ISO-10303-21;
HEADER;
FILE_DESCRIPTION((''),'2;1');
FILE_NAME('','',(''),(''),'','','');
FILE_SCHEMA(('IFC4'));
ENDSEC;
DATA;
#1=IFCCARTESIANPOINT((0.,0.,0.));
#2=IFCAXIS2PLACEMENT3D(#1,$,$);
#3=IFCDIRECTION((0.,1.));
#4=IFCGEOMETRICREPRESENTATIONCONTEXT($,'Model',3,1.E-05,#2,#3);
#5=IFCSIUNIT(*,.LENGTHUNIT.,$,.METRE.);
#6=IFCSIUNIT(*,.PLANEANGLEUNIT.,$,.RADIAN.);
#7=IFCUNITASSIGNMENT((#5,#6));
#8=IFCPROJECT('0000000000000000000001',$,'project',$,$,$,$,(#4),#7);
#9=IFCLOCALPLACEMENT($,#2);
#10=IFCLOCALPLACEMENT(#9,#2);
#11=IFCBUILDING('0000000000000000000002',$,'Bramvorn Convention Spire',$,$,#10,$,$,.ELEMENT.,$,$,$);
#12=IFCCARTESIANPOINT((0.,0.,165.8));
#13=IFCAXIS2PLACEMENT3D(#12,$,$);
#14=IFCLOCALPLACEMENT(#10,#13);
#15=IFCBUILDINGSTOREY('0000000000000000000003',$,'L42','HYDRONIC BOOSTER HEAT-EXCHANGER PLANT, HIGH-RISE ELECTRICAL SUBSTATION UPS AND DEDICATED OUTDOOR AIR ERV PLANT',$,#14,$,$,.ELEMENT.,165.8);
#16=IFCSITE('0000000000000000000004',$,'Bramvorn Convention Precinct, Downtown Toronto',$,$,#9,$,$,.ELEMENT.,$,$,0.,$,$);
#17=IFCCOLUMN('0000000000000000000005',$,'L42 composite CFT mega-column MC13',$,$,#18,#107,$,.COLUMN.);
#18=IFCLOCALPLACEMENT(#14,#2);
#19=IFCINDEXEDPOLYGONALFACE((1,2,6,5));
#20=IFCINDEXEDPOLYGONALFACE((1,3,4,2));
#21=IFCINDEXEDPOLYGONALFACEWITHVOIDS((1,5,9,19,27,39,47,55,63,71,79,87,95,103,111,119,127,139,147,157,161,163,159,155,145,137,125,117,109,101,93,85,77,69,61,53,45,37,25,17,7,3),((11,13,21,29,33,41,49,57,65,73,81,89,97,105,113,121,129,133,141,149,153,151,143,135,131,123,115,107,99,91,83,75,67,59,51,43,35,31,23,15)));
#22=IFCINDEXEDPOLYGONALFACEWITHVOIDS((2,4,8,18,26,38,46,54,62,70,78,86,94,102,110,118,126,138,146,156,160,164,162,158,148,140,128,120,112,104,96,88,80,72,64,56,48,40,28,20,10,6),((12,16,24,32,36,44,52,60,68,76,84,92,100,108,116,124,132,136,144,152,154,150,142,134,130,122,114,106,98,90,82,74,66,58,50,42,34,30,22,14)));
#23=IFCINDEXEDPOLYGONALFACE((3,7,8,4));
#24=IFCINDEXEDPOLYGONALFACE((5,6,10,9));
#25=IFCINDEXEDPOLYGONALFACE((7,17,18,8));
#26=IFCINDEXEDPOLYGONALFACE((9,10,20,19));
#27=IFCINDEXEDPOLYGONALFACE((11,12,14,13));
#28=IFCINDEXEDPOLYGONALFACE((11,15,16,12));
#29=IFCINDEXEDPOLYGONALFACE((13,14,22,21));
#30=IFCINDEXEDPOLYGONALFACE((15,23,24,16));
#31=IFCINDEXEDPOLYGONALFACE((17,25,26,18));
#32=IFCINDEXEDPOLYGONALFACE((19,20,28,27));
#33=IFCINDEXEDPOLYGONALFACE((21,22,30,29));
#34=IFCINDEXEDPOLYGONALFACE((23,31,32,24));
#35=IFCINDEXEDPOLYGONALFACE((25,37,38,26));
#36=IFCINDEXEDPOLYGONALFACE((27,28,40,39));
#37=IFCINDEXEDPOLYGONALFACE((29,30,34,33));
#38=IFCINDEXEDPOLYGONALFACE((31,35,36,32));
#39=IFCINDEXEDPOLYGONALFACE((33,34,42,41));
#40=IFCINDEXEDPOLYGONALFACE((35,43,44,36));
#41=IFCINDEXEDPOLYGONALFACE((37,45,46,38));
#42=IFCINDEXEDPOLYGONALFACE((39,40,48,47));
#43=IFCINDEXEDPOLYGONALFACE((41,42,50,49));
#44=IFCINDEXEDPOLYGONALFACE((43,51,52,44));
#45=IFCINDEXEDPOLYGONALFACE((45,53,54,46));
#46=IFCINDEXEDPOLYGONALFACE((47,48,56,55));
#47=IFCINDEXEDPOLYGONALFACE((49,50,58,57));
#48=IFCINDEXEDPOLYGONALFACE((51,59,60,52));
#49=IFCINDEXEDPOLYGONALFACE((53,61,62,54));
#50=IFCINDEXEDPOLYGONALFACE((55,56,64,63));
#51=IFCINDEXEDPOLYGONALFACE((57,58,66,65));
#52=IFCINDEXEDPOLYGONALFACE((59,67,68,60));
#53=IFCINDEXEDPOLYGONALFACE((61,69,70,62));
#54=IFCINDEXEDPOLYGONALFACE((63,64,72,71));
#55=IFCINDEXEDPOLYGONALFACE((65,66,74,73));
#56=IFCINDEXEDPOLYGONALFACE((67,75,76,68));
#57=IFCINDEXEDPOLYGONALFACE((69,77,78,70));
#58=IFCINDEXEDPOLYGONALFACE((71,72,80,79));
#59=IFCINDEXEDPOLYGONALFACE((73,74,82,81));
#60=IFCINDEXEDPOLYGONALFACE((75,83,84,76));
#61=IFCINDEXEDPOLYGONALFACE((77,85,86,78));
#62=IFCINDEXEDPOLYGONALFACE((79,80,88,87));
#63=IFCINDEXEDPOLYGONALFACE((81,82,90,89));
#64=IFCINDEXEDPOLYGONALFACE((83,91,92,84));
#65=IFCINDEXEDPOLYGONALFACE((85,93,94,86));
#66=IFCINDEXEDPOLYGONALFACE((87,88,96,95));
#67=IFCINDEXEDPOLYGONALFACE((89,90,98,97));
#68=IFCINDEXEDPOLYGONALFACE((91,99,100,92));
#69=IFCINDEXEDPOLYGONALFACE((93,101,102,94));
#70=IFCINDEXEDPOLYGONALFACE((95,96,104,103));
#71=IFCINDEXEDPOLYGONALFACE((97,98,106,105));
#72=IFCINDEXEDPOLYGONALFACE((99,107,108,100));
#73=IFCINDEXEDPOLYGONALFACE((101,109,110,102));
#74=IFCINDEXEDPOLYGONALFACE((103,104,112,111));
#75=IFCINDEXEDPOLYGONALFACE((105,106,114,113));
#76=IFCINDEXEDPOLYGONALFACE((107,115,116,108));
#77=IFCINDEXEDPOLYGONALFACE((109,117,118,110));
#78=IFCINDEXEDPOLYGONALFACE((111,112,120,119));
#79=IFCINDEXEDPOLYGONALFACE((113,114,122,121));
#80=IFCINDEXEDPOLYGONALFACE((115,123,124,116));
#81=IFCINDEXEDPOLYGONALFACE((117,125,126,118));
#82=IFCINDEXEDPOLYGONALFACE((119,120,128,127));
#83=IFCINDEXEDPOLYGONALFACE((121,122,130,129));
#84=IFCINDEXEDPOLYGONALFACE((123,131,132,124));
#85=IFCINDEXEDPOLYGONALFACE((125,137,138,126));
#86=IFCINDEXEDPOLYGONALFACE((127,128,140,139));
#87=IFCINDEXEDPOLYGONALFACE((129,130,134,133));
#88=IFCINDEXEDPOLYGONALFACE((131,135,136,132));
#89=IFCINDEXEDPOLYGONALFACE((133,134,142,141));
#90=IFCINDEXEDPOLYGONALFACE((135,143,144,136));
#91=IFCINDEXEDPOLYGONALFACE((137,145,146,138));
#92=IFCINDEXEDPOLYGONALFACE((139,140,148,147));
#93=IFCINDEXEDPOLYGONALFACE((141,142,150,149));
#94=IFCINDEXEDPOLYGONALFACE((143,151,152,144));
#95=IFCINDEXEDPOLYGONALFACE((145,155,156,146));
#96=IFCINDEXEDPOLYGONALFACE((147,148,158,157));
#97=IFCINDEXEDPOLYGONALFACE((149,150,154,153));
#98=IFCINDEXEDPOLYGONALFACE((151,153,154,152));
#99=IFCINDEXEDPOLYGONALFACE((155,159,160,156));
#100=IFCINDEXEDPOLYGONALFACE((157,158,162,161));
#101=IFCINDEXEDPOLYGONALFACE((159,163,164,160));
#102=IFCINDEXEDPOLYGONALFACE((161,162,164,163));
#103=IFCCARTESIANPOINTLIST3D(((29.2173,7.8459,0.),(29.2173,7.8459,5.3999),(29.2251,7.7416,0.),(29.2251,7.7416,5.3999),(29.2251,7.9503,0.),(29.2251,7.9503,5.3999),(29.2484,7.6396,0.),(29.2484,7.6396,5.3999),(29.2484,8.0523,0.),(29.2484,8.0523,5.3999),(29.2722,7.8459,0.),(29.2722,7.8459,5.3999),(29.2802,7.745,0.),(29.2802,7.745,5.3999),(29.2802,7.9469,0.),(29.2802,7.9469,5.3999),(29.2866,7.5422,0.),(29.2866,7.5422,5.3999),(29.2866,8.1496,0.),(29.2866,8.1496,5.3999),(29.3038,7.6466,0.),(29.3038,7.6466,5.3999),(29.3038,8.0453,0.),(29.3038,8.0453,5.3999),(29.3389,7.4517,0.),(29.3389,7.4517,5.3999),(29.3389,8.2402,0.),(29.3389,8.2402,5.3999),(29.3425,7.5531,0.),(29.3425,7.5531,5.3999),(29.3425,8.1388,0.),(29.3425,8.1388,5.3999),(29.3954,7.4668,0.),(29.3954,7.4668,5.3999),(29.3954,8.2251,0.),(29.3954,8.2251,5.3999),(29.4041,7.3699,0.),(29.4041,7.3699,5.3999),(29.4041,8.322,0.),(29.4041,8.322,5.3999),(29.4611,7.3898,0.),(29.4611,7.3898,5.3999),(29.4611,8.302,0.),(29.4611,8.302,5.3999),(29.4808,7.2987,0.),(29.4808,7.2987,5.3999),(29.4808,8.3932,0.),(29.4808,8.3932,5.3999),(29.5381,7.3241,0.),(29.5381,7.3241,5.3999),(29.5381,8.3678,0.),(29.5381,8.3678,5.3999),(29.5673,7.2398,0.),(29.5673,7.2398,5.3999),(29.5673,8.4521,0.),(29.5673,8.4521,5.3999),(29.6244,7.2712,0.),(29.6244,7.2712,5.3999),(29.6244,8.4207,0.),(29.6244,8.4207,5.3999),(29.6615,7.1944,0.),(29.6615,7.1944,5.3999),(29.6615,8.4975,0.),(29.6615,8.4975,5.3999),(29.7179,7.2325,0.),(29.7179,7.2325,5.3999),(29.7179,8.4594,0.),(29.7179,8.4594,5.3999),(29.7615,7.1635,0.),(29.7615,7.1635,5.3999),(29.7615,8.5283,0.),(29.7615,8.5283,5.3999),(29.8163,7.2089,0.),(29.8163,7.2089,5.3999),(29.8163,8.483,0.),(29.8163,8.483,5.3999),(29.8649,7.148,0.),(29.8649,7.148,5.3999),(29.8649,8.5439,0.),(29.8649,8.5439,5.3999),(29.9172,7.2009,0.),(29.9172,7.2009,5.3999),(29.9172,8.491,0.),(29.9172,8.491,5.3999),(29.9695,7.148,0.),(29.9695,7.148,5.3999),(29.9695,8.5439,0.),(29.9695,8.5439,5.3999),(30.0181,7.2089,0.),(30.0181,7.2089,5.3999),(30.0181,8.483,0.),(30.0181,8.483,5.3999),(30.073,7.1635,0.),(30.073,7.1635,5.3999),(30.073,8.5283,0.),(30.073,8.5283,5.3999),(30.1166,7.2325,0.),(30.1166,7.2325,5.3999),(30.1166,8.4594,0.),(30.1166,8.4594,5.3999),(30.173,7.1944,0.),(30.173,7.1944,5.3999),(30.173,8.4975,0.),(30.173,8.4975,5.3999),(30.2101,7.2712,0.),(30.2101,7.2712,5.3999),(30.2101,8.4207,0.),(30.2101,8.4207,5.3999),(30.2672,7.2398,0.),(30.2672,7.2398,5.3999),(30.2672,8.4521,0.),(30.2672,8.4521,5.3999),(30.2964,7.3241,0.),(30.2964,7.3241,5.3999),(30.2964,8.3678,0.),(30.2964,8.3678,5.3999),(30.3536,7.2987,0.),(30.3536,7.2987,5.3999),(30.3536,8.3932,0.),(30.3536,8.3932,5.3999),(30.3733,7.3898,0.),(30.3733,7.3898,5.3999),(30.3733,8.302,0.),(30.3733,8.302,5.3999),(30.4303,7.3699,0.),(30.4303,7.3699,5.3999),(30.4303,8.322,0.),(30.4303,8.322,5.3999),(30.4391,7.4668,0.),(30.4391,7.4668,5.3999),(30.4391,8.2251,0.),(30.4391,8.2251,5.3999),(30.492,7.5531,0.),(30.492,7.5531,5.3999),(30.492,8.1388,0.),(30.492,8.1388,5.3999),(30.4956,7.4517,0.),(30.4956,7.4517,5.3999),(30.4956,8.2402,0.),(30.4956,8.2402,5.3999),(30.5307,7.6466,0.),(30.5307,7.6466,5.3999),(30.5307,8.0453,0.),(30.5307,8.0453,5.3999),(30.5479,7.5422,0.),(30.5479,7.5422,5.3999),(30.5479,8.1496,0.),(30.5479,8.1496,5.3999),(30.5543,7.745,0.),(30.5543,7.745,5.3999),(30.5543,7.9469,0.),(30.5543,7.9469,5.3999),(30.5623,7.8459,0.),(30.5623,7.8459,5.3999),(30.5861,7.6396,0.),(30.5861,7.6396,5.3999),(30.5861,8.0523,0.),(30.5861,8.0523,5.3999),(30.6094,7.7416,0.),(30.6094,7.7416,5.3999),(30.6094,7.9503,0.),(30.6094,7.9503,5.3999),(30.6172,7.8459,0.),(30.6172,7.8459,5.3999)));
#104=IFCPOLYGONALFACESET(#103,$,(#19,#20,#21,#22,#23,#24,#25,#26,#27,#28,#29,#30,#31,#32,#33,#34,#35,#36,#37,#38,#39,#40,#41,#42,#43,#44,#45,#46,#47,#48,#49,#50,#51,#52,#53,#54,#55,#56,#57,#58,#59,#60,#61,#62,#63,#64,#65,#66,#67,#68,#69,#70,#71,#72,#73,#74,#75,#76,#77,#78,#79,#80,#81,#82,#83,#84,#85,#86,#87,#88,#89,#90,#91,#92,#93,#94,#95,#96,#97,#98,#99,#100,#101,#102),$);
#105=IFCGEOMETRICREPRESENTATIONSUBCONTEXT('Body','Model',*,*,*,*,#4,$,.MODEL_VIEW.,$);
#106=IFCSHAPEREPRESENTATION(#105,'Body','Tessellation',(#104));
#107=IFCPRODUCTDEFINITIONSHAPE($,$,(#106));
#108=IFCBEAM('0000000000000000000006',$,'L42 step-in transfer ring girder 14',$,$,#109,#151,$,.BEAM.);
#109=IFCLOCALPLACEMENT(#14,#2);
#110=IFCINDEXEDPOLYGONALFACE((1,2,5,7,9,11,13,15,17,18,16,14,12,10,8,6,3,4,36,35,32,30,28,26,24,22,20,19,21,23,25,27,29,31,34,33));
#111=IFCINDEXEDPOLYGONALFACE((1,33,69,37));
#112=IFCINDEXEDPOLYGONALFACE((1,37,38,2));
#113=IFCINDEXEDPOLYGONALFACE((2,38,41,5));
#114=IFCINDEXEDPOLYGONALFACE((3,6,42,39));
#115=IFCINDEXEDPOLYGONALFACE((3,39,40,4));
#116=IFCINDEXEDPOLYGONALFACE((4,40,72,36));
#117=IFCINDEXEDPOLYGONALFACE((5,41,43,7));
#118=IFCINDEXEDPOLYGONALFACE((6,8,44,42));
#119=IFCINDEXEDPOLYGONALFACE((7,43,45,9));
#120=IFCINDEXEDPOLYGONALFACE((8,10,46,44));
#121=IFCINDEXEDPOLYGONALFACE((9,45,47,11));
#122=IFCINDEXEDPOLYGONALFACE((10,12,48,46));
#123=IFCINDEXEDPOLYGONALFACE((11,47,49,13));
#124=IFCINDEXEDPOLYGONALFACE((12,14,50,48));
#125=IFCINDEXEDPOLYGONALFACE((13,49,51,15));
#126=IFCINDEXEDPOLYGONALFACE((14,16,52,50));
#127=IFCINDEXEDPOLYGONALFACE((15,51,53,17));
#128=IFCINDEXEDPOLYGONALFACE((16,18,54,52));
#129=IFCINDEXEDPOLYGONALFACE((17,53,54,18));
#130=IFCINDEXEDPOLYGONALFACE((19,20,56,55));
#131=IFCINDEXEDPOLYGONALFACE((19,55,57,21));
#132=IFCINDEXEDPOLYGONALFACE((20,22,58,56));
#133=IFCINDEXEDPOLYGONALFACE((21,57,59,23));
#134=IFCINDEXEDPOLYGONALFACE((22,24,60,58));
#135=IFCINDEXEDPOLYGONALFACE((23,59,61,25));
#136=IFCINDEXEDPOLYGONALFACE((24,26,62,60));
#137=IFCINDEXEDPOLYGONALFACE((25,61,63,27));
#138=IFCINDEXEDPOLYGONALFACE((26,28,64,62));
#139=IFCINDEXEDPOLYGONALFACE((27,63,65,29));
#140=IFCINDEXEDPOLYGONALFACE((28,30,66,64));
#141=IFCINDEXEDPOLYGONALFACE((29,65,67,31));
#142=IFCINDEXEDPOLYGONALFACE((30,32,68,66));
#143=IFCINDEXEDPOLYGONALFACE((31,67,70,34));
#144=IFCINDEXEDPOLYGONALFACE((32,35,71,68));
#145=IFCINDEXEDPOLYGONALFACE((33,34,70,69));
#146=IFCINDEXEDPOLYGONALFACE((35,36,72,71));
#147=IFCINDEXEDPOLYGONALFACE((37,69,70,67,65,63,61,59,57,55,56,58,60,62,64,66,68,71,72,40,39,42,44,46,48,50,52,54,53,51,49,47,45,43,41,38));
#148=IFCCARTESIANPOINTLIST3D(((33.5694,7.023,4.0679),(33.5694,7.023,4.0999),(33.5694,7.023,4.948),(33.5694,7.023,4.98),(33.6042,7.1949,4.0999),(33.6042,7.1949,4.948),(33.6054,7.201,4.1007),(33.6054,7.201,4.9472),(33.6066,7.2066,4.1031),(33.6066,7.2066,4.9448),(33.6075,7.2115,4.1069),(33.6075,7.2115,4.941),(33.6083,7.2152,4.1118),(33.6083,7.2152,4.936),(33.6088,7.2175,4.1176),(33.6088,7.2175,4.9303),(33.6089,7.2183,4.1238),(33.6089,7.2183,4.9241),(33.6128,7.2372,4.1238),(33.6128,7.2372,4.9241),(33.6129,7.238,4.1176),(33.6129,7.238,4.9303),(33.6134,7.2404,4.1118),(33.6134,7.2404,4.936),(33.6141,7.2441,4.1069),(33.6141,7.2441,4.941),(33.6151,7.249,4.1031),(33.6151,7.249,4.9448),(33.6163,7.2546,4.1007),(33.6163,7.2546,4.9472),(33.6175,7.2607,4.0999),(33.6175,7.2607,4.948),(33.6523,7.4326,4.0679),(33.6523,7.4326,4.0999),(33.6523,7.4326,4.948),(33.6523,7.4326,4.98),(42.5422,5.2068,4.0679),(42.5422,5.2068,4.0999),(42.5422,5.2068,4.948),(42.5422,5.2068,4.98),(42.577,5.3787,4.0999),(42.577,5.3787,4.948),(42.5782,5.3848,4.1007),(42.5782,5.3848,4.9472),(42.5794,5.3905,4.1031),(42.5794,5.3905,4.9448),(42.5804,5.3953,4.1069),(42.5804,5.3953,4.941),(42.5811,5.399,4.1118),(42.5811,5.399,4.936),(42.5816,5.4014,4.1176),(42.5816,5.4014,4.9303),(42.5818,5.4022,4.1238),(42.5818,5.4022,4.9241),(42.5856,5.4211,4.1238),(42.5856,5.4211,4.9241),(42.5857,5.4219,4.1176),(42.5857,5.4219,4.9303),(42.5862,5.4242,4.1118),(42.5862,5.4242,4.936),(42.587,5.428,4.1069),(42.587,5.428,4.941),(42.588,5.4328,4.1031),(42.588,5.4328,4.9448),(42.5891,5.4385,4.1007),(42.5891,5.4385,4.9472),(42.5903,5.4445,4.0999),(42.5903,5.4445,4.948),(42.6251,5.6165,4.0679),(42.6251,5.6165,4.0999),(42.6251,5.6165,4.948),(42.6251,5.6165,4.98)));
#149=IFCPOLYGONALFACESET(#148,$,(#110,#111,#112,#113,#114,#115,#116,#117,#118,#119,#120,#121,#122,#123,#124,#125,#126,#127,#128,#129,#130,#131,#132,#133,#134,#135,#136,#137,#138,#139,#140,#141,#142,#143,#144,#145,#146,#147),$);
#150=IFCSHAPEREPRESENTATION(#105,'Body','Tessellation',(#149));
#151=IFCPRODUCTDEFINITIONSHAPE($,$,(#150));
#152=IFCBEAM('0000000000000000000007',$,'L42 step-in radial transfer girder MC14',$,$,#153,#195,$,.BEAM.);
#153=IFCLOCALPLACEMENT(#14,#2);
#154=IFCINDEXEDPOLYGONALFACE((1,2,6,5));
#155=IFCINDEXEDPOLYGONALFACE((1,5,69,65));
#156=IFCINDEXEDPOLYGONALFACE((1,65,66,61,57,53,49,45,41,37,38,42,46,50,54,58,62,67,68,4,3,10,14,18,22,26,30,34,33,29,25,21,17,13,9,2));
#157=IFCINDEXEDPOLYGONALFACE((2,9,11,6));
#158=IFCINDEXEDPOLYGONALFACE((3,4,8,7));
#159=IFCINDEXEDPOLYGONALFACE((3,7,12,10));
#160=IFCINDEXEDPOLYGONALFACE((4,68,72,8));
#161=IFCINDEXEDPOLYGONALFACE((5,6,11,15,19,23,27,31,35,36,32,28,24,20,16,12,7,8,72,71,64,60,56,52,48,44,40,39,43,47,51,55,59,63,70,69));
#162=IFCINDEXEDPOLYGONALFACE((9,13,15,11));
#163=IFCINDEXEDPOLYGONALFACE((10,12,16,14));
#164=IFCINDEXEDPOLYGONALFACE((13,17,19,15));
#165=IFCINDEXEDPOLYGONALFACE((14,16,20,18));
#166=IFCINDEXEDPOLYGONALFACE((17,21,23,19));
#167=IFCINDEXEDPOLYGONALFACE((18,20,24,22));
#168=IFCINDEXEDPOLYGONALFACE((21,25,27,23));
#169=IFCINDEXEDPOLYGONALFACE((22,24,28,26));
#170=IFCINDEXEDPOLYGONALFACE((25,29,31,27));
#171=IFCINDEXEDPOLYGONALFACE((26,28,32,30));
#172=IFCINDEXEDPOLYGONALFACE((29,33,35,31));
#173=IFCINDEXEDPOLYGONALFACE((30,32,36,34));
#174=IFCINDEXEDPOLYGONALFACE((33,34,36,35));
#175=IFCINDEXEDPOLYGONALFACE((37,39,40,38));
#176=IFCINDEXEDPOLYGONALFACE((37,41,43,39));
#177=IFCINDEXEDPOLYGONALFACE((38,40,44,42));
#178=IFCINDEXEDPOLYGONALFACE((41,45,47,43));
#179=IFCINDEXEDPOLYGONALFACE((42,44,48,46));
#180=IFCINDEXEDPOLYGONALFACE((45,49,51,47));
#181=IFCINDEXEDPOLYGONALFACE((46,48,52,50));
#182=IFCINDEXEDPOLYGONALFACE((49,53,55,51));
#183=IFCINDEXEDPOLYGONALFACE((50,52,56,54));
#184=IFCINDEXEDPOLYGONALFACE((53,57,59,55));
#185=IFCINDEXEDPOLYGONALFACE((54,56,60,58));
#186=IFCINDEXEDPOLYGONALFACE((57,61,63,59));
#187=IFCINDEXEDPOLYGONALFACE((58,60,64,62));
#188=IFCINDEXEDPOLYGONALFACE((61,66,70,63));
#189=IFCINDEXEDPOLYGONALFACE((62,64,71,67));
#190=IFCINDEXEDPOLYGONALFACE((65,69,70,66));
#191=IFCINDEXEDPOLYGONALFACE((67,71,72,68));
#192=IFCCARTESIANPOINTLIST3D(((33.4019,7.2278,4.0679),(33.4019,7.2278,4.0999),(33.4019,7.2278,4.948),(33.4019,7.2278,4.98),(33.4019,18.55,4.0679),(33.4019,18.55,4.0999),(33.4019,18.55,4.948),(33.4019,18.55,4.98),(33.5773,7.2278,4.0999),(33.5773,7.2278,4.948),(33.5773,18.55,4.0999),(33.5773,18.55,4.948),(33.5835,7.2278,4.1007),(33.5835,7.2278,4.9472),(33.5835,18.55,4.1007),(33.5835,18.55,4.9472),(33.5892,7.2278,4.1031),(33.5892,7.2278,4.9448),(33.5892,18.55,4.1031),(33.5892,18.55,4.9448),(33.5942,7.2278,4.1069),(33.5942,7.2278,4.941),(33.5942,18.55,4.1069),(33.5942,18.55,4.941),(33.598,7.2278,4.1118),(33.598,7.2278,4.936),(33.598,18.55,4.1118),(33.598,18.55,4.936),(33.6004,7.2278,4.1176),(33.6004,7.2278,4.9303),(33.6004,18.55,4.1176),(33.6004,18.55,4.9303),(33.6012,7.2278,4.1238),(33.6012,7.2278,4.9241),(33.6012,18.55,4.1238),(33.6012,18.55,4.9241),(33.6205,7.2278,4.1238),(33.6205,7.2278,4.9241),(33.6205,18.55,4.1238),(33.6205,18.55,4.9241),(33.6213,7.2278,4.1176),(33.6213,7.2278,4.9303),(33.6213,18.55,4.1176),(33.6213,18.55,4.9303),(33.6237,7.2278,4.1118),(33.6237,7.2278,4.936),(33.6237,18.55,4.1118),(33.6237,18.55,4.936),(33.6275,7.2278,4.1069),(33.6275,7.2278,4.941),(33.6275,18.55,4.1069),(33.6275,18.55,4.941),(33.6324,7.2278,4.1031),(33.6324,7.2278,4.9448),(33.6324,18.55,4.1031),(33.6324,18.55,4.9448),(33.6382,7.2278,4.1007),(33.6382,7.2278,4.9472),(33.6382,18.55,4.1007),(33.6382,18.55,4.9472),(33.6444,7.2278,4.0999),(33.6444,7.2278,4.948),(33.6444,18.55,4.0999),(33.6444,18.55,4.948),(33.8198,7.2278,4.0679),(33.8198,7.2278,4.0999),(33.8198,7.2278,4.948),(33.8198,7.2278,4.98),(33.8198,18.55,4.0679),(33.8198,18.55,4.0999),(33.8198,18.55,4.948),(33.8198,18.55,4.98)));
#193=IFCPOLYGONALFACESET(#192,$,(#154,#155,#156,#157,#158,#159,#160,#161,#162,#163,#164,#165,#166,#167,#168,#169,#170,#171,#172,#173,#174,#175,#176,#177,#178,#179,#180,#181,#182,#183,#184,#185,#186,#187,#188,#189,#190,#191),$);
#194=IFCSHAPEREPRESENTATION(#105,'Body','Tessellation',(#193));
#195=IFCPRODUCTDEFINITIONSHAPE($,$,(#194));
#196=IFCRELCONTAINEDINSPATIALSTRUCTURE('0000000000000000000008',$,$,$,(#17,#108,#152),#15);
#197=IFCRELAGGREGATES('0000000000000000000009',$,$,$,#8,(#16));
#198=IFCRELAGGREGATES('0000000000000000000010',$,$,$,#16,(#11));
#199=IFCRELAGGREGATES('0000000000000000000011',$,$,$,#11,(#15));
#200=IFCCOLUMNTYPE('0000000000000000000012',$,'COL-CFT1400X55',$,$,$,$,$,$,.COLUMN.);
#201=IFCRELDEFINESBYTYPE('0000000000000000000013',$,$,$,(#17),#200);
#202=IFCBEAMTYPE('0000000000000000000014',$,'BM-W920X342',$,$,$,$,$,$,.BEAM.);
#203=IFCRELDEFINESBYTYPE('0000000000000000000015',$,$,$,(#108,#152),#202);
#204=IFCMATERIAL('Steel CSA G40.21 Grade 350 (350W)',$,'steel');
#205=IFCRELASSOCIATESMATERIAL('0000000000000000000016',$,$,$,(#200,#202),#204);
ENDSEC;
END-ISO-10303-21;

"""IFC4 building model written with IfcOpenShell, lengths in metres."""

from ifc_helpers import new_model, si_unit, direction, frame, origin, origin_2d, place, context, subcontext, project, spatial, hollow_circle, i_section, extrude, material, material_profile, profile_set, type_object, element, save


model = new_model("IFC4")

# Units and contexts
model_context = context("Model", 3, precision=1e-05, world=origin(), true_north=direction((0.0, 1.0)))
body_context = subcontext(model_context, "Body", "Model", "MODEL_VIEW")
ifc_project = project(units=[si_unit("LENGTHUNIT", "METRE"), si_unit("PLANEANGLEUNIT", "RADIAN")], contexts=[model_context])

# Site, building, storey
site_placement = place(None, origin())
site = spatial("IfcSite", under=ifc_project, at=site_placement, Name="Bramvorn Convention Precinct, Downtown Toronto", CompositionType="ELEMENT", RefElevation=0.0)
building_placement = place(site_placement, origin())
building = spatial("IfcBuilding", under=site, at=building_placement, Name="Bramvorn Convention Spire", CompositionType="ELEMENT")
storey_placement = place(building_placement, frame((0.0, 0.0, 165.8)))
storey = spatial("IfcBuildingStorey", under=building, at=storey_placement, Name="L42", Description="HYDRONIC BOOSTER HEAT-EXCHANGER PLANT, HIGH-RISE ELECTRICAL SUBSTATION UPS AND DEDICATED OUTDOOR AIR ERV PLANT", CompositionType="ELEMENT", Elevation=165.8)

# Column
ifc_material_1 = material(Name="Steel CSA G40.21 Grade 350 (350W)", Category="steel")
ifc_material_profile_1 = material_profile(ifc_material_1, hollow_circle(Radius=0.7, WallThickness=0.0549, at=origin_2d()))
ifc_profile_set_1 = profile_set([ifc_material_profile_1], Name="Steel CSA G40.21 Grade 350 (350W) - CFT1400X55")
column_type = type_object("IfcColumnType", Name="COL-CFT1400X55", PredefinedType="COLUMN", material=ifc_profile_set_1)
column_placement = place(storey_placement, frame((29.9172, 7.8459, 0.0), z_axis=(0.0, 0.0, 1.0), x_axis=(1.0, 0.0, 0.0)))
element("IfcColumn", 1, at=column_placement, inside=storey, type_object=column_type, Name="L42 composite CFT mega-column MC13", PredefinedType="COLUMN", context=body_context, shape_type="SweptSolid", body=[
    extrude(hollow_circle(Radius=0.7, WallThickness=0.0549, at=origin_2d()), origin(), (0.0, 0.0, 1.0), 5.3999),
])

# Beams
ifc_material_profile_2 = material_profile(ifc_material_1, i_section(OverallWidth=0.418, OverallDepth=0.9121, WebThickness=0.0193, FlangeThickness=0.032, FilletRadius=0.0239, at=origin_2d()))
ifc_profile_set_2 = profile_set([ifc_material_profile_2], Name="Steel CSA G40.21 Grade 350 (350W) - W920X342")
beam_type = type_object("IfcBeamType", Name="BM-W920X342", PredefinedType="BEAM", material=ifc_profile_set_2)
beam_1_placement = place(storey_placement, frame((33.6108, 7.2278, 4.5239), z_axis=(0.980125, -0.198382, 0.0), x_axis=(0.198382, 0.980125, 0.0)))
element("IfcBeam", 2, at=beam_1_placement, inside=storey, type_object=beam_type, Name="L42 step-in transfer ring girder 14", PredefinedType="BEAM", context=body_context, shape_type="SweptSolid", body=[
    extrude(i_section(OverallWidth=0.418, OverallDepth=0.9121, WebThickness=0.0193, FlangeThickness=0.032, FilletRadius=0.0239, at=origin_2d()), origin(), (0.0, 0.0, 1.0), 9.1548),
])
beam_2_placement = place(storey_placement, frame((33.6108, 18.55, 4.5239), z_axis=(0.0, -1.0, 0.0), x_axis=(1.0, 0.0, 0.0)))
element("IfcBeam", 3, at=beam_2_placement, inside=storey, type_object=beam_type, Name="L42 step-in radial transfer girder MC14", PredefinedType="BEAM", context=body_context, shape_type="SweptSolid", body=[
    extrude(i_section(OverallWidth=0.418, OverallDepth=0.9121, WebThickness=0.0193, FlangeThickness=0.032, FilletRadius=0.0239, at=origin_2d()), origin(), (0.0, 0.0, 1.0), 11.3223),
])

save(model, "model.ifc")
